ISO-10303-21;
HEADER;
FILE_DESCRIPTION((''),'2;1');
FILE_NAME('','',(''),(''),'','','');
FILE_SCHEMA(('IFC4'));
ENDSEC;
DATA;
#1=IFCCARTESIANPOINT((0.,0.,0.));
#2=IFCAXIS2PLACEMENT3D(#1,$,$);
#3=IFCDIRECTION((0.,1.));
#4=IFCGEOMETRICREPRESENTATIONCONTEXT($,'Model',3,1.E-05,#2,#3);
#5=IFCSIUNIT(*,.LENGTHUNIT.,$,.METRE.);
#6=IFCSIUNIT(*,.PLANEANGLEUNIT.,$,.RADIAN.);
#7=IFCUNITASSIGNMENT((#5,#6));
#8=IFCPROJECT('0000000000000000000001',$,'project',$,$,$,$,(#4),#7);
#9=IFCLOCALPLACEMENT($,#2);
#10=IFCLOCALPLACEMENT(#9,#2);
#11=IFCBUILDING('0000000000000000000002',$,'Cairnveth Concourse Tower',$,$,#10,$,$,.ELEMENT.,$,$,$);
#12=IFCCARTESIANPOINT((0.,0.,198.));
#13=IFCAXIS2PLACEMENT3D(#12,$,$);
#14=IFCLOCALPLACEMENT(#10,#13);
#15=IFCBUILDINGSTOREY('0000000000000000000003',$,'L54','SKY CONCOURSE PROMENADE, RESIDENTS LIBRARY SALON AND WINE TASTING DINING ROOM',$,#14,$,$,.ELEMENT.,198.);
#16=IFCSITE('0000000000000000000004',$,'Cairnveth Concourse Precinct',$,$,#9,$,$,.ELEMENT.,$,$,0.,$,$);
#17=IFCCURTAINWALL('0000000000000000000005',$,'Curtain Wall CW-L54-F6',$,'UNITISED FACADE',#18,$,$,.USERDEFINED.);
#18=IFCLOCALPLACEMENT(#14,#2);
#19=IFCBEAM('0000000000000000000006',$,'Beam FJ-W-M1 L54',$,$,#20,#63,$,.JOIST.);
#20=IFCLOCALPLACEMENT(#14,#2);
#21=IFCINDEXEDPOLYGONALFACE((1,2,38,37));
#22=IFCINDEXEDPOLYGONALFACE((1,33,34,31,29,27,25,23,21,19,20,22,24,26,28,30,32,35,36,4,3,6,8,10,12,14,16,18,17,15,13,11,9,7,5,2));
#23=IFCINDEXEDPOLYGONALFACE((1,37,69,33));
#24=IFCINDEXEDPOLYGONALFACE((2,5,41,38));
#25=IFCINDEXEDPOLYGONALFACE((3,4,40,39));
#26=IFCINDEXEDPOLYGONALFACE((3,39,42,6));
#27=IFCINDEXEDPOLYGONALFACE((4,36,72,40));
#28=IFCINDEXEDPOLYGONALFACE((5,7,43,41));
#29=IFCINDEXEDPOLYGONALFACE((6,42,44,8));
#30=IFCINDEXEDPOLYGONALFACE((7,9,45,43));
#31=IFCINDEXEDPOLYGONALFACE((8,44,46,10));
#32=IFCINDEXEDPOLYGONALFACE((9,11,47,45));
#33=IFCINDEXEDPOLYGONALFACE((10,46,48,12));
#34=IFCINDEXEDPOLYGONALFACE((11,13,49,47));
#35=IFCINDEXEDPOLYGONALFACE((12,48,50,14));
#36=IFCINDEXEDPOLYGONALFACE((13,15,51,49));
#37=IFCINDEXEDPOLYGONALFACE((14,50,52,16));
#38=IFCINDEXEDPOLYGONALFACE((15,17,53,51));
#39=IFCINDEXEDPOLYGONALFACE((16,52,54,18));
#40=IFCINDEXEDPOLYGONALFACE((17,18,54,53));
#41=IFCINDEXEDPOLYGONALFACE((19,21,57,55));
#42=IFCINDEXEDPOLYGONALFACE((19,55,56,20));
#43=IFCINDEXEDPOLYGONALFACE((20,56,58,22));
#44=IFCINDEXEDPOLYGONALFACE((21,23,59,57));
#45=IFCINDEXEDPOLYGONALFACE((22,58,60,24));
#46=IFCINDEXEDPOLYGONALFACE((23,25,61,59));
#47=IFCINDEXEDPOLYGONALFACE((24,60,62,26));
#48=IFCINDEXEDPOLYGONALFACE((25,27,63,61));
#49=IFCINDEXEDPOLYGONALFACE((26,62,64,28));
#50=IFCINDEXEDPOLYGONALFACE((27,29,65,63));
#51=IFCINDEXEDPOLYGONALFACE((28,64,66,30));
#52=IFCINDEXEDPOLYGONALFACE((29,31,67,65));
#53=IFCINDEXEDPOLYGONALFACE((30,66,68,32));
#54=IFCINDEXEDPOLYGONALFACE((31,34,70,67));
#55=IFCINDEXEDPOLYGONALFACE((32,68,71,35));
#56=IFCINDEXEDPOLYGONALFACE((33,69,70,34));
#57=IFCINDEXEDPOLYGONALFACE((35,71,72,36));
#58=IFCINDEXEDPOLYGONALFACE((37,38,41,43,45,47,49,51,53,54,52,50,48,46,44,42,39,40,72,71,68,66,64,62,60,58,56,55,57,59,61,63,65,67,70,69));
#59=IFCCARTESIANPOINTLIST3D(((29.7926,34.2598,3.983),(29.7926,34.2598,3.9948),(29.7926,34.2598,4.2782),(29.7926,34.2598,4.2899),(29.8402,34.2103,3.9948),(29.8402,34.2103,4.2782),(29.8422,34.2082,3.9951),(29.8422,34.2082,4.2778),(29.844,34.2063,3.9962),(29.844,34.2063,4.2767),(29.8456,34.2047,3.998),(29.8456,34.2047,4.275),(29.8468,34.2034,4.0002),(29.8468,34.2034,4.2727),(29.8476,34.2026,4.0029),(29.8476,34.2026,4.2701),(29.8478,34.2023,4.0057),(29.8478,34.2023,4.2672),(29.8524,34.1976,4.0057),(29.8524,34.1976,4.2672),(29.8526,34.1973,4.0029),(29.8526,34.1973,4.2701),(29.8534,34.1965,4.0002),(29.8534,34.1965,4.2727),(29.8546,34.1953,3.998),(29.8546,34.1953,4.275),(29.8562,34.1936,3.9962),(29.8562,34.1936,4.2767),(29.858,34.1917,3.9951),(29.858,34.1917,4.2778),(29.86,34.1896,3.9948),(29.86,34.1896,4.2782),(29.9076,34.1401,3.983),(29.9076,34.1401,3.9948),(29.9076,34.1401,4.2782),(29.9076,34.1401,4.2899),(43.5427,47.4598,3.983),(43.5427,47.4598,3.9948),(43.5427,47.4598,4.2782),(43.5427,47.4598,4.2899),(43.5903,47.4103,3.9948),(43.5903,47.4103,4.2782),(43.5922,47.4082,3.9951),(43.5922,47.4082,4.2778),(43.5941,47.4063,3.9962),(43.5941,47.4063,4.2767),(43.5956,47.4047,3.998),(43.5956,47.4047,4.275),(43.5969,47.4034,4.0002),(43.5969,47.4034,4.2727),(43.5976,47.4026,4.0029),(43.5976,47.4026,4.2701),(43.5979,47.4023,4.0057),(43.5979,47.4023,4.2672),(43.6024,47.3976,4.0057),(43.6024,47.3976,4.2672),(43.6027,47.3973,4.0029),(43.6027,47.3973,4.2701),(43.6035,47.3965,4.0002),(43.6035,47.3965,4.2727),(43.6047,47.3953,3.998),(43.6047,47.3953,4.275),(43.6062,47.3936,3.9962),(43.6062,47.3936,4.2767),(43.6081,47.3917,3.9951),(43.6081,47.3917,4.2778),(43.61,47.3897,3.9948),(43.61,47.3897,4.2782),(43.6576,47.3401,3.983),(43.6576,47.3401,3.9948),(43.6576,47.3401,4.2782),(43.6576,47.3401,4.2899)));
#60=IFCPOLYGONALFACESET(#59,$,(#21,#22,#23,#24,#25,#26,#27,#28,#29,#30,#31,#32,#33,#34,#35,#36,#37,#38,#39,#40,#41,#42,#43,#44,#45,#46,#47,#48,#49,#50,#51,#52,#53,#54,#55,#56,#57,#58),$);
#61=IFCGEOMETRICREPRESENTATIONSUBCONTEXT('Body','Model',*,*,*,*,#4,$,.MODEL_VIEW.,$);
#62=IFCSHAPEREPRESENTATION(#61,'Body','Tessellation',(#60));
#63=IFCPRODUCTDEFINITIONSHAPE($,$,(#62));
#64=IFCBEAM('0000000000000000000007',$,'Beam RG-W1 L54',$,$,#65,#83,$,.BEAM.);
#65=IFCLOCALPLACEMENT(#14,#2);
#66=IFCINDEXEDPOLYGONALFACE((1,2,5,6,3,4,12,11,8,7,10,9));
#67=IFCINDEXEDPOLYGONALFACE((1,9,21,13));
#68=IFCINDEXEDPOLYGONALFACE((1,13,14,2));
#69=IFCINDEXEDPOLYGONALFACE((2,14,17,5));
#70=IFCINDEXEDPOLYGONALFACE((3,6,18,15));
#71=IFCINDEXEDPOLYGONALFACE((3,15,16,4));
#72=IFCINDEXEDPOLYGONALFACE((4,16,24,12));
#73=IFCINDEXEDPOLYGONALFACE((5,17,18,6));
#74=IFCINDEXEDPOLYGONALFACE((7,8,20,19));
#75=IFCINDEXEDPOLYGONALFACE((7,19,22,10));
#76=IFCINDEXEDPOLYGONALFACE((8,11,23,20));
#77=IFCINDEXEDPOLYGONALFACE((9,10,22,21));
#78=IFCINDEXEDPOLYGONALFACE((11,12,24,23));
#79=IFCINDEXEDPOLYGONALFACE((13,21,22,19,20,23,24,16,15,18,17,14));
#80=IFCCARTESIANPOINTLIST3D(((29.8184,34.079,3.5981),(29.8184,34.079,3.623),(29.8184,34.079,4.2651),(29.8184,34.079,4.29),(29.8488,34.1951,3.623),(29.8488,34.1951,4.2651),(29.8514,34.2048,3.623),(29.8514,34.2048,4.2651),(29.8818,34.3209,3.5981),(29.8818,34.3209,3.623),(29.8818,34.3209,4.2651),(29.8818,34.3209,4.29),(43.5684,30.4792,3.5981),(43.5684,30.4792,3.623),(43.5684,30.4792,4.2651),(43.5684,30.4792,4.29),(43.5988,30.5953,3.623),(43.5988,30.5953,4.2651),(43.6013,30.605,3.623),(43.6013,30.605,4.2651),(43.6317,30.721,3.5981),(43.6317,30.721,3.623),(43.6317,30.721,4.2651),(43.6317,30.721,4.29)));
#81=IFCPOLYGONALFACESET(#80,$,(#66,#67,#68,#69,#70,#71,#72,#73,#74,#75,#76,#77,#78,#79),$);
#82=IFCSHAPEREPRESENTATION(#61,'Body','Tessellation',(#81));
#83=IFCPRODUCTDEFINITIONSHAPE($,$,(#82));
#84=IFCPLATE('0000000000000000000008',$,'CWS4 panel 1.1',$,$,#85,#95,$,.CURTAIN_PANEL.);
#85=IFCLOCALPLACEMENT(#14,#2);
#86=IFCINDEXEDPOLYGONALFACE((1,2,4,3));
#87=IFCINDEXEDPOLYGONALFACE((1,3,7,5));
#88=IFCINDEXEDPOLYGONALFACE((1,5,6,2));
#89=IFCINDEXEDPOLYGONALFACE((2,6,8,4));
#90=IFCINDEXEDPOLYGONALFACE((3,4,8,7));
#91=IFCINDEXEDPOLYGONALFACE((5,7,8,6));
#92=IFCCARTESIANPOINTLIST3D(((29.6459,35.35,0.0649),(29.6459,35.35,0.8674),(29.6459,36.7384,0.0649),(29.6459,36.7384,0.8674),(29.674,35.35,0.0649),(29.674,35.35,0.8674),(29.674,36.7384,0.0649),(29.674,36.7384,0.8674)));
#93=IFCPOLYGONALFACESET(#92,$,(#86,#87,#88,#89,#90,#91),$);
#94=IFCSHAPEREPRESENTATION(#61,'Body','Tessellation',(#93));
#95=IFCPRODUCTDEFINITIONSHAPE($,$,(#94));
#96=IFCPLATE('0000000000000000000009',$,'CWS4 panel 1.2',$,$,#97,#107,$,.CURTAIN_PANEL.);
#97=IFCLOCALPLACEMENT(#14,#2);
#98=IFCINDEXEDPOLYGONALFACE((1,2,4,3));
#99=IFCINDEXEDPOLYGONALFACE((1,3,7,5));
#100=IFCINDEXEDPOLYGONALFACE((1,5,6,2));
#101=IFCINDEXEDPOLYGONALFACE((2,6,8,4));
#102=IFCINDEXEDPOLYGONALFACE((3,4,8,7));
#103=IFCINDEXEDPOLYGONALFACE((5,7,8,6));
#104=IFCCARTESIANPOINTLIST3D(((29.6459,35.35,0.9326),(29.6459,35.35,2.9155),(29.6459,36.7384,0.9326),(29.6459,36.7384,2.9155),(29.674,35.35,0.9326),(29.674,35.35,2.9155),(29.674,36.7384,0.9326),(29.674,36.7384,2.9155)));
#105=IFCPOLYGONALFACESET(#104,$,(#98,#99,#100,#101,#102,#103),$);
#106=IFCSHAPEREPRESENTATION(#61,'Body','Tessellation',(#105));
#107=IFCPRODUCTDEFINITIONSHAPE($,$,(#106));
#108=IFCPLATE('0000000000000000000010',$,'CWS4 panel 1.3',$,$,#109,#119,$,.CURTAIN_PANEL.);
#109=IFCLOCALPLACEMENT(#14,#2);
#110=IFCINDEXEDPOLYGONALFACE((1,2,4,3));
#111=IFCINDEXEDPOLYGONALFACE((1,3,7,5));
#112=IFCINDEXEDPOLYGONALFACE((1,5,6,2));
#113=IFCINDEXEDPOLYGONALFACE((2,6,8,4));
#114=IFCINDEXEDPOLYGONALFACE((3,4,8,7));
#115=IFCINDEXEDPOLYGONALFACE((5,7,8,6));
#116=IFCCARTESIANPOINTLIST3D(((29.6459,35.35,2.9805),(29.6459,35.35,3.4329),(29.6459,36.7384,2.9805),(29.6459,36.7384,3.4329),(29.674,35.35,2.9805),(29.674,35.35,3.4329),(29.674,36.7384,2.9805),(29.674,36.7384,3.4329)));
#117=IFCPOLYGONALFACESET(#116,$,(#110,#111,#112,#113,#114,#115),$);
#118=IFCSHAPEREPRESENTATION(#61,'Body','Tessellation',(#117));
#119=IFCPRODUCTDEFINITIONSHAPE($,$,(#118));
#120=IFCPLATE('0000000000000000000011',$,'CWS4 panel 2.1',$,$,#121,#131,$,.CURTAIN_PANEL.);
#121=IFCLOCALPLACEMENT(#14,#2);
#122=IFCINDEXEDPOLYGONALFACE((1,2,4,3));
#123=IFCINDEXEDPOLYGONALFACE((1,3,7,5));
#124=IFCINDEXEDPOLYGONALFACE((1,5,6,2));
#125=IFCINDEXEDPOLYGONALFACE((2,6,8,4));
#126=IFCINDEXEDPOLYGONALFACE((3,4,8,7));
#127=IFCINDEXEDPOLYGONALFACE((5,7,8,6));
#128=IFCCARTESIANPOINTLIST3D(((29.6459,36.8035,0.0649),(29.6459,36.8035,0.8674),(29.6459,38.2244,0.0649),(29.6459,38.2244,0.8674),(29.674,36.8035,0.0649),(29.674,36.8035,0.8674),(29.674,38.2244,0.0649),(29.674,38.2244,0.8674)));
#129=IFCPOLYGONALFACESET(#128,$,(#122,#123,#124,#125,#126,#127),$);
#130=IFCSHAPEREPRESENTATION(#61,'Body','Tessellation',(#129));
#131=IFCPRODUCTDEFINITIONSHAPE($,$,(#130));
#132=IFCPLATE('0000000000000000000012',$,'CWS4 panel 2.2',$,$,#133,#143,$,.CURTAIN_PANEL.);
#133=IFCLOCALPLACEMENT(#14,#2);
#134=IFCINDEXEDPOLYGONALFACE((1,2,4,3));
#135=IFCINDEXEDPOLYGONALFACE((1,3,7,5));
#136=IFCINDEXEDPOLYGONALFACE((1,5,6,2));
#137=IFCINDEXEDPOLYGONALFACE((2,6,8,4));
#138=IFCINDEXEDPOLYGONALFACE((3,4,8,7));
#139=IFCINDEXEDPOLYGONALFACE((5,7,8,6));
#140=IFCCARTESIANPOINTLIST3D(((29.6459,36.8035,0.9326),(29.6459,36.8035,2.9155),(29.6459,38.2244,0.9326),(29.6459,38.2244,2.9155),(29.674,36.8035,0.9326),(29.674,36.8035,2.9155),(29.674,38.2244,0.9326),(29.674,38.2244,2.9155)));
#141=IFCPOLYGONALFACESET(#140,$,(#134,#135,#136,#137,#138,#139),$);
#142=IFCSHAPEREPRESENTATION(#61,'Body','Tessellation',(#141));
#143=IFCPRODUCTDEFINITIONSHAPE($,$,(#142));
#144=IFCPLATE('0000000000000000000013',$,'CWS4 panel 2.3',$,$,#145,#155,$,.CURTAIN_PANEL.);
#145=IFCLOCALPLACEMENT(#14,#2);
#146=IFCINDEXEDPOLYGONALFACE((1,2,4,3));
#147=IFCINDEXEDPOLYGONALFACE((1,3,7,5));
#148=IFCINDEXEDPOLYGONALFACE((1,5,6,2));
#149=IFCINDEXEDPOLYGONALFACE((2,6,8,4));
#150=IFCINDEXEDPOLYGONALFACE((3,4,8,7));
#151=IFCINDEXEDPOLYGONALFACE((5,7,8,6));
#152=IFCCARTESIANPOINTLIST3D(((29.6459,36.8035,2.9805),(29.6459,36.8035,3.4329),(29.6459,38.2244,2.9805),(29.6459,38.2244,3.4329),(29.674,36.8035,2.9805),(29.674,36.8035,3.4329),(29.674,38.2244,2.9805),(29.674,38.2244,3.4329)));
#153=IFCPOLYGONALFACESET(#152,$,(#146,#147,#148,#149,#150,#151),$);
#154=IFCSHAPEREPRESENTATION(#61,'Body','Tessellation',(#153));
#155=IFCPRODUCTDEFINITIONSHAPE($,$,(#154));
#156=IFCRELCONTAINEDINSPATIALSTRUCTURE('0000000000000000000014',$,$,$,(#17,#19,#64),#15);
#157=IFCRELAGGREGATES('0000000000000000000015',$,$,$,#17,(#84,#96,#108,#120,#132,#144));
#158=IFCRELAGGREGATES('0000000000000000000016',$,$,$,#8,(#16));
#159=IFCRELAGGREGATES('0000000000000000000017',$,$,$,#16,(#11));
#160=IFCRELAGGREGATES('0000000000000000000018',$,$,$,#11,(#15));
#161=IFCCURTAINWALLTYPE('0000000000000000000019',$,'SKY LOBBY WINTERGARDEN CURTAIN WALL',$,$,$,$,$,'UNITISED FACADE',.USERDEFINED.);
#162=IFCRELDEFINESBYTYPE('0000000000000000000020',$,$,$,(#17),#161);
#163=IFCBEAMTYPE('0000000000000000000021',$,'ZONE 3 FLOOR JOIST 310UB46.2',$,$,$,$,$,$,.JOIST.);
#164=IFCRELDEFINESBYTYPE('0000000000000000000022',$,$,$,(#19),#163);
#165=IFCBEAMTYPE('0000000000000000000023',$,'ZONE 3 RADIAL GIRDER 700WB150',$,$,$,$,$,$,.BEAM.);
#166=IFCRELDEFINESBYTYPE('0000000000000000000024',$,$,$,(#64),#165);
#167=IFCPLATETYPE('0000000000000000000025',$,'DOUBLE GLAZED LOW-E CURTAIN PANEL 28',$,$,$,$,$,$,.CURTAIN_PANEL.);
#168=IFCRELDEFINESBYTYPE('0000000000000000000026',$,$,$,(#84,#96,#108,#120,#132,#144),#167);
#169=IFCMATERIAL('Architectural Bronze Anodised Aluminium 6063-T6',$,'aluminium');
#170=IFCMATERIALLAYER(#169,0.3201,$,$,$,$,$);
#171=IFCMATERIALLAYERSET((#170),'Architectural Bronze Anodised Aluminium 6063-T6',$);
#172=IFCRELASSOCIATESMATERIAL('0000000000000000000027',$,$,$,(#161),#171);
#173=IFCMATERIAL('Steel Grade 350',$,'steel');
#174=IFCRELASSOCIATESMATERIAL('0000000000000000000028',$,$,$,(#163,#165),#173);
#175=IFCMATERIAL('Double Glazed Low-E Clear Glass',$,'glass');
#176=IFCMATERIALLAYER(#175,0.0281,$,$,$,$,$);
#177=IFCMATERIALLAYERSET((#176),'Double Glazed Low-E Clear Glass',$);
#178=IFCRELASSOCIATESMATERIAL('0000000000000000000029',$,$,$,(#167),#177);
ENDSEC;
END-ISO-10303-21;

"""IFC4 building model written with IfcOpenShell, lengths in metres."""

from ifc_helpers import new_model, si_unit, direction, frame, origin, origin_2d, place, context, subcontext, project, spatial, rectangle, i_section, extrude, material, layer, layer_set, material_profile, profile_set, type_object, element, aggregate, save


model = new_model("IFC4")

# Units and contexts
model_context = context("Model", 3, precision=1e-05, world=origin(), true_north=direction((0.0, 1.0)))
body_context = subcontext(model_context, "Body", "Model", "MODEL_VIEW")
ifc_project = project(units=[si_unit("LENGTHUNIT", "METRE"), si_unit("PLANEANGLEUNIT", "RADIAN")], contexts=[model_context])

# Site, building, storey
site_placement = place(None, origin())
site = spatial("IfcSite", under=ifc_project, at=site_placement, Name="Cairnveth Concourse Precinct", CompositionType="ELEMENT", RefElevation=0.0)
building_placement = place(site_placement, origin())
building = spatial("IfcBuilding", under=site, at=building_placement, Name="Cairnveth Concourse Tower", CompositionType="ELEMENT")
storey_placement = place(building_placement, frame((0.0, 0.0, 198.0)))
storey = spatial("IfcBuildingStorey", under=building, at=storey_placement, Name="L54", Description="SKY CONCOURSE PROMENADE, RESIDENTS LIBRARY SALON AND WINE TASTING DINING ROOM", CompositionType="ELEMENT", Elevation=198.0)

# Curtain wall
ifc_material_1 = material(Name="Architectural Bronze Anodised Aluminium 6063-T6", Category="aluminium")
ifc_layer_1 = layer(ifc_material_1, 0.3201)
ifc_layer_set_1 = layer_set([ifc_layer_1], Name="Architectural Bronze Anodised Aluminium 6063-T6")
curtain_wall_type = type_object("IfcCurtainWallType", Name="SKY LOBBY WINTERGARDEN CURTAIN WALL", ElementType="UNITISED FACADE", PredefinedType="USERDEFINED", material=ifc_layer_set_1)
curtain_wall_placement = place(storey_placement, origin())
curtain_wall = element("IfcCurtainWall", 1, at=curtain_wall_placement, inside=storey, type_object=curtain_wall_type, Name="Curtain Wall CW-L54-F6", ObjectType="UNITISED FACADE", PredefinedType="USERDEFINED")

# Beams
ifc_material_2 = material(Name="Steel Grade 350", Category="steel")
ifc_material_profile_1 = material_profile(ifc_material_2, i_section(OverallWidth=0.166, OverallDepth=0.3069, WebThickness=0.0066, FlangeThickness=0.0117, FilletRadius=0.011, at=origin_2d()), Name="310UB46.2")
ifc_profile_set_1 = profile_set([ifc_material_profile_1], Name="Steel Grade 350")
beam_type_1 = type_object("IfcBeamType", Name="ZONE 3 FLOOR JOIST 310UB46.2", PredefinedType="JOIST", material=ifc_profile_set_1)
beam_1_placement = place(storey_placement, frame((29.8501, 34.2, 4.1365), z_axis=(0.721389, 0.69253, 0.0), x_axis=(-0.69253, 0.721389, 0.0)))
element("IfcBeam", 2, at=beam_1_placement, inside=storey, type_object=beam_type_1, Name="Beam FJ-W-M1 L54", PredefinedType="JOIST", context=body_context, shape_type="SweptSolid", body=[
    extrude(i_section(OverallWidth=0.166, OverallDepth=0.3069, WebThickness=0.0066, FlangeThickness=0.0117, FilletRadius=0.011, at=origin_2d()), origin(), (0.0, 0.0, 1.0), 19.0605),
])
ifc_material_profile_2 = material_profile(ifc_material_2, i_section(OverallWidth=0.25, OverallDepth=0.6919, WebThickness=0.01, FlangeThickness=0.0249, at=origin_2d()), Name="700WB150")
ifc_profile_set_2 = profile_set([ifc_material_profile_2], Name="Steel Grade 350")
beam_type_2 = type_object("IfcBeamType", Name="ZONE 3 RADIAL GIRDER 700WB150", PredefinedType="BEAM", material=ifc_profile_set_2)
beam_2_placement = place(storey_placement, frame((29.8501, 34.2, 3.9441), z_axis=(0.967395, -0.253271, 0.0), x_axis=(0.253271, 0.967395, 0.0)))
element("IfcBeam", 3, at=beam_2_placement, inside=storey, type_object=beam_type_2, Name="Beam RG-W1 L54", PredefinedType="BEAM", context=body_context, shape_type="SweptSolid", body=[
    extrude(i_section(OverallWidth=0.25, OverallDepth=0.6919, WebThickness=0.01, FlangeThickness=0.0249, at=origin_2d()), origin(), (0.0, 0.0, 1.0), 14.2134),
])

# Plates
ifc_material_3 = material(Name="Double Glazed Low-E Clear Glass", Category="glass")
ifc_layer_2 = layer(ifc_material_3, 0.0281)
ifc_layer_set_2 = layer_set([ifc_layer_2], Name="Double Glazed Low-E Clear Glass")
plate_type = type_object("IfcPlateType", Name="DOUBLE GLAZED LOW-E CURTAIN PANEL 28", PredefinedType="CURTAIN_PANEL", material=ifc_layer_set_2)
plate_1_placement = place(storey_placement, frame((29.6599, 36.0442, 0.0649), z_axis=(0.0, 0.0, 1.0), x_axis=(0.0, 1.0, 0.0)))
plate_1 = element("IfcPlate", 4, at=plate_1_placement, type_object=plate_type, Name="CWS4 panel 1.1", PredefinedType="CURTAIN_PANEL", context=body_context, shape_type="SweptSolid", body=[
    extrude(rectangle(XDim=1.3884, YDim=0.0281, at=origin_2d()), origin(), (0.0, 0.0, 1.0), 0.8025),
])
plate_2_placement = place(storey_placement, frame((29.6599, 36.0442, 0.9326), z_axis=(0.0, 0.0, 1.0), x_axis=(0.0, 1.0, 0.0)))
plate_2 = element("IfcPlate", 5, at=plate_2_placement, type_object=plate_type, Name="CWS4 panel 1.2", PredefinedType="CURTAIN_PANEL", context=body_context, shape_type="SweptSolid", body=[
    extrude(rectangle(XDim=1.3884, YDim=0.0281, at=origin_2d()), origin(), (0.0, 0.0, 1.0), 1.9829),
])
plate_3_placement = place(storey_placement, frame((29.6599, 36.0442, 2.9805), z_axis=(0.0, 0.0, 1.0), x_axis=(0.0, 1.0, 0.0)))
plate_3 = element("IfcPlate", 6, at=plate_3_placement, type_object=plate_type, Name="CWS4 panel 1.3", PredefinedType="CURTAIN_PANEL", context=body_context, shape_type="SweptSolid", body=[
    extrude(rectangle(XDim=1.3884, YDim=0.0281, at=origin_2d()), origin(), (0.0, 0.0, 1.0), 0.4524),
])
plate_4_placement = place(storey_placement, frame((29.6599, 37.5139, 0.0649), z_axis=(0.0, 0.0, 1.0), x_axis=(0.0, 1.0, 0.0)))
plate_4 = element("IfcPlate", 7, at=plate_4_placement, type_object=plate_type, Name="CWS4 panel 2.1", PredefinedType="CURTAIN_PANEL", context=body_context, shape_type="SweptSolid", body=[
    extrude(rectangle(XDim=1.4209, YDim=0.0281, at=origin_2d()), origin(), (0.0, 0.0, 1.0), 0.8025),
])
plate_5_placement = place(storey_placement, frame((29.6599, 37.5139, 0.9326), z_axis=(0.0, 0.0, 1.0), x_axis=(0.0, 1.0, 0.0)))
plate_5 = element("IfcPlate", 8, at=plate_5_placement, type_object=plate_type, Name="CWS4 panel 2.2", PredefinedType="CURTAIN_PANEL", context=body_context, shape_type="SweptSolid", body=[
    extrude(rectangle(XDim=1.4209, YDim=0.0281, at=origin_2d()), origin(), (0.0, 0.0, 1.0), 1.9829),
])
plate_6_placement = place(storey_placement, frame((29.6599, 37.5139, 2.9805), z_axis=(0.0, 0.0, 1.0), x_axis=(0.0, 1.0, 0.0)))
plate_6 = element("IfcPlate", 9, at=plate_6_placement, type_object=plate_type, Name="CWS4 panel 2.3", PredefinedType="CURTAIN_PANEL", context=body_context, shape_type="SweptSolid", body=[
    extrude(rectangle(XDim=1.4209, YDim=0.0281, at=origin_2d()), origin(), (0.0, 0.0, 1.0), 0.4524),
])
aggregate(curtain_wall, [plate_1, plate_2, plate_3, plate_4, plate_5, plate_6])

save(model, "model.ifc")
